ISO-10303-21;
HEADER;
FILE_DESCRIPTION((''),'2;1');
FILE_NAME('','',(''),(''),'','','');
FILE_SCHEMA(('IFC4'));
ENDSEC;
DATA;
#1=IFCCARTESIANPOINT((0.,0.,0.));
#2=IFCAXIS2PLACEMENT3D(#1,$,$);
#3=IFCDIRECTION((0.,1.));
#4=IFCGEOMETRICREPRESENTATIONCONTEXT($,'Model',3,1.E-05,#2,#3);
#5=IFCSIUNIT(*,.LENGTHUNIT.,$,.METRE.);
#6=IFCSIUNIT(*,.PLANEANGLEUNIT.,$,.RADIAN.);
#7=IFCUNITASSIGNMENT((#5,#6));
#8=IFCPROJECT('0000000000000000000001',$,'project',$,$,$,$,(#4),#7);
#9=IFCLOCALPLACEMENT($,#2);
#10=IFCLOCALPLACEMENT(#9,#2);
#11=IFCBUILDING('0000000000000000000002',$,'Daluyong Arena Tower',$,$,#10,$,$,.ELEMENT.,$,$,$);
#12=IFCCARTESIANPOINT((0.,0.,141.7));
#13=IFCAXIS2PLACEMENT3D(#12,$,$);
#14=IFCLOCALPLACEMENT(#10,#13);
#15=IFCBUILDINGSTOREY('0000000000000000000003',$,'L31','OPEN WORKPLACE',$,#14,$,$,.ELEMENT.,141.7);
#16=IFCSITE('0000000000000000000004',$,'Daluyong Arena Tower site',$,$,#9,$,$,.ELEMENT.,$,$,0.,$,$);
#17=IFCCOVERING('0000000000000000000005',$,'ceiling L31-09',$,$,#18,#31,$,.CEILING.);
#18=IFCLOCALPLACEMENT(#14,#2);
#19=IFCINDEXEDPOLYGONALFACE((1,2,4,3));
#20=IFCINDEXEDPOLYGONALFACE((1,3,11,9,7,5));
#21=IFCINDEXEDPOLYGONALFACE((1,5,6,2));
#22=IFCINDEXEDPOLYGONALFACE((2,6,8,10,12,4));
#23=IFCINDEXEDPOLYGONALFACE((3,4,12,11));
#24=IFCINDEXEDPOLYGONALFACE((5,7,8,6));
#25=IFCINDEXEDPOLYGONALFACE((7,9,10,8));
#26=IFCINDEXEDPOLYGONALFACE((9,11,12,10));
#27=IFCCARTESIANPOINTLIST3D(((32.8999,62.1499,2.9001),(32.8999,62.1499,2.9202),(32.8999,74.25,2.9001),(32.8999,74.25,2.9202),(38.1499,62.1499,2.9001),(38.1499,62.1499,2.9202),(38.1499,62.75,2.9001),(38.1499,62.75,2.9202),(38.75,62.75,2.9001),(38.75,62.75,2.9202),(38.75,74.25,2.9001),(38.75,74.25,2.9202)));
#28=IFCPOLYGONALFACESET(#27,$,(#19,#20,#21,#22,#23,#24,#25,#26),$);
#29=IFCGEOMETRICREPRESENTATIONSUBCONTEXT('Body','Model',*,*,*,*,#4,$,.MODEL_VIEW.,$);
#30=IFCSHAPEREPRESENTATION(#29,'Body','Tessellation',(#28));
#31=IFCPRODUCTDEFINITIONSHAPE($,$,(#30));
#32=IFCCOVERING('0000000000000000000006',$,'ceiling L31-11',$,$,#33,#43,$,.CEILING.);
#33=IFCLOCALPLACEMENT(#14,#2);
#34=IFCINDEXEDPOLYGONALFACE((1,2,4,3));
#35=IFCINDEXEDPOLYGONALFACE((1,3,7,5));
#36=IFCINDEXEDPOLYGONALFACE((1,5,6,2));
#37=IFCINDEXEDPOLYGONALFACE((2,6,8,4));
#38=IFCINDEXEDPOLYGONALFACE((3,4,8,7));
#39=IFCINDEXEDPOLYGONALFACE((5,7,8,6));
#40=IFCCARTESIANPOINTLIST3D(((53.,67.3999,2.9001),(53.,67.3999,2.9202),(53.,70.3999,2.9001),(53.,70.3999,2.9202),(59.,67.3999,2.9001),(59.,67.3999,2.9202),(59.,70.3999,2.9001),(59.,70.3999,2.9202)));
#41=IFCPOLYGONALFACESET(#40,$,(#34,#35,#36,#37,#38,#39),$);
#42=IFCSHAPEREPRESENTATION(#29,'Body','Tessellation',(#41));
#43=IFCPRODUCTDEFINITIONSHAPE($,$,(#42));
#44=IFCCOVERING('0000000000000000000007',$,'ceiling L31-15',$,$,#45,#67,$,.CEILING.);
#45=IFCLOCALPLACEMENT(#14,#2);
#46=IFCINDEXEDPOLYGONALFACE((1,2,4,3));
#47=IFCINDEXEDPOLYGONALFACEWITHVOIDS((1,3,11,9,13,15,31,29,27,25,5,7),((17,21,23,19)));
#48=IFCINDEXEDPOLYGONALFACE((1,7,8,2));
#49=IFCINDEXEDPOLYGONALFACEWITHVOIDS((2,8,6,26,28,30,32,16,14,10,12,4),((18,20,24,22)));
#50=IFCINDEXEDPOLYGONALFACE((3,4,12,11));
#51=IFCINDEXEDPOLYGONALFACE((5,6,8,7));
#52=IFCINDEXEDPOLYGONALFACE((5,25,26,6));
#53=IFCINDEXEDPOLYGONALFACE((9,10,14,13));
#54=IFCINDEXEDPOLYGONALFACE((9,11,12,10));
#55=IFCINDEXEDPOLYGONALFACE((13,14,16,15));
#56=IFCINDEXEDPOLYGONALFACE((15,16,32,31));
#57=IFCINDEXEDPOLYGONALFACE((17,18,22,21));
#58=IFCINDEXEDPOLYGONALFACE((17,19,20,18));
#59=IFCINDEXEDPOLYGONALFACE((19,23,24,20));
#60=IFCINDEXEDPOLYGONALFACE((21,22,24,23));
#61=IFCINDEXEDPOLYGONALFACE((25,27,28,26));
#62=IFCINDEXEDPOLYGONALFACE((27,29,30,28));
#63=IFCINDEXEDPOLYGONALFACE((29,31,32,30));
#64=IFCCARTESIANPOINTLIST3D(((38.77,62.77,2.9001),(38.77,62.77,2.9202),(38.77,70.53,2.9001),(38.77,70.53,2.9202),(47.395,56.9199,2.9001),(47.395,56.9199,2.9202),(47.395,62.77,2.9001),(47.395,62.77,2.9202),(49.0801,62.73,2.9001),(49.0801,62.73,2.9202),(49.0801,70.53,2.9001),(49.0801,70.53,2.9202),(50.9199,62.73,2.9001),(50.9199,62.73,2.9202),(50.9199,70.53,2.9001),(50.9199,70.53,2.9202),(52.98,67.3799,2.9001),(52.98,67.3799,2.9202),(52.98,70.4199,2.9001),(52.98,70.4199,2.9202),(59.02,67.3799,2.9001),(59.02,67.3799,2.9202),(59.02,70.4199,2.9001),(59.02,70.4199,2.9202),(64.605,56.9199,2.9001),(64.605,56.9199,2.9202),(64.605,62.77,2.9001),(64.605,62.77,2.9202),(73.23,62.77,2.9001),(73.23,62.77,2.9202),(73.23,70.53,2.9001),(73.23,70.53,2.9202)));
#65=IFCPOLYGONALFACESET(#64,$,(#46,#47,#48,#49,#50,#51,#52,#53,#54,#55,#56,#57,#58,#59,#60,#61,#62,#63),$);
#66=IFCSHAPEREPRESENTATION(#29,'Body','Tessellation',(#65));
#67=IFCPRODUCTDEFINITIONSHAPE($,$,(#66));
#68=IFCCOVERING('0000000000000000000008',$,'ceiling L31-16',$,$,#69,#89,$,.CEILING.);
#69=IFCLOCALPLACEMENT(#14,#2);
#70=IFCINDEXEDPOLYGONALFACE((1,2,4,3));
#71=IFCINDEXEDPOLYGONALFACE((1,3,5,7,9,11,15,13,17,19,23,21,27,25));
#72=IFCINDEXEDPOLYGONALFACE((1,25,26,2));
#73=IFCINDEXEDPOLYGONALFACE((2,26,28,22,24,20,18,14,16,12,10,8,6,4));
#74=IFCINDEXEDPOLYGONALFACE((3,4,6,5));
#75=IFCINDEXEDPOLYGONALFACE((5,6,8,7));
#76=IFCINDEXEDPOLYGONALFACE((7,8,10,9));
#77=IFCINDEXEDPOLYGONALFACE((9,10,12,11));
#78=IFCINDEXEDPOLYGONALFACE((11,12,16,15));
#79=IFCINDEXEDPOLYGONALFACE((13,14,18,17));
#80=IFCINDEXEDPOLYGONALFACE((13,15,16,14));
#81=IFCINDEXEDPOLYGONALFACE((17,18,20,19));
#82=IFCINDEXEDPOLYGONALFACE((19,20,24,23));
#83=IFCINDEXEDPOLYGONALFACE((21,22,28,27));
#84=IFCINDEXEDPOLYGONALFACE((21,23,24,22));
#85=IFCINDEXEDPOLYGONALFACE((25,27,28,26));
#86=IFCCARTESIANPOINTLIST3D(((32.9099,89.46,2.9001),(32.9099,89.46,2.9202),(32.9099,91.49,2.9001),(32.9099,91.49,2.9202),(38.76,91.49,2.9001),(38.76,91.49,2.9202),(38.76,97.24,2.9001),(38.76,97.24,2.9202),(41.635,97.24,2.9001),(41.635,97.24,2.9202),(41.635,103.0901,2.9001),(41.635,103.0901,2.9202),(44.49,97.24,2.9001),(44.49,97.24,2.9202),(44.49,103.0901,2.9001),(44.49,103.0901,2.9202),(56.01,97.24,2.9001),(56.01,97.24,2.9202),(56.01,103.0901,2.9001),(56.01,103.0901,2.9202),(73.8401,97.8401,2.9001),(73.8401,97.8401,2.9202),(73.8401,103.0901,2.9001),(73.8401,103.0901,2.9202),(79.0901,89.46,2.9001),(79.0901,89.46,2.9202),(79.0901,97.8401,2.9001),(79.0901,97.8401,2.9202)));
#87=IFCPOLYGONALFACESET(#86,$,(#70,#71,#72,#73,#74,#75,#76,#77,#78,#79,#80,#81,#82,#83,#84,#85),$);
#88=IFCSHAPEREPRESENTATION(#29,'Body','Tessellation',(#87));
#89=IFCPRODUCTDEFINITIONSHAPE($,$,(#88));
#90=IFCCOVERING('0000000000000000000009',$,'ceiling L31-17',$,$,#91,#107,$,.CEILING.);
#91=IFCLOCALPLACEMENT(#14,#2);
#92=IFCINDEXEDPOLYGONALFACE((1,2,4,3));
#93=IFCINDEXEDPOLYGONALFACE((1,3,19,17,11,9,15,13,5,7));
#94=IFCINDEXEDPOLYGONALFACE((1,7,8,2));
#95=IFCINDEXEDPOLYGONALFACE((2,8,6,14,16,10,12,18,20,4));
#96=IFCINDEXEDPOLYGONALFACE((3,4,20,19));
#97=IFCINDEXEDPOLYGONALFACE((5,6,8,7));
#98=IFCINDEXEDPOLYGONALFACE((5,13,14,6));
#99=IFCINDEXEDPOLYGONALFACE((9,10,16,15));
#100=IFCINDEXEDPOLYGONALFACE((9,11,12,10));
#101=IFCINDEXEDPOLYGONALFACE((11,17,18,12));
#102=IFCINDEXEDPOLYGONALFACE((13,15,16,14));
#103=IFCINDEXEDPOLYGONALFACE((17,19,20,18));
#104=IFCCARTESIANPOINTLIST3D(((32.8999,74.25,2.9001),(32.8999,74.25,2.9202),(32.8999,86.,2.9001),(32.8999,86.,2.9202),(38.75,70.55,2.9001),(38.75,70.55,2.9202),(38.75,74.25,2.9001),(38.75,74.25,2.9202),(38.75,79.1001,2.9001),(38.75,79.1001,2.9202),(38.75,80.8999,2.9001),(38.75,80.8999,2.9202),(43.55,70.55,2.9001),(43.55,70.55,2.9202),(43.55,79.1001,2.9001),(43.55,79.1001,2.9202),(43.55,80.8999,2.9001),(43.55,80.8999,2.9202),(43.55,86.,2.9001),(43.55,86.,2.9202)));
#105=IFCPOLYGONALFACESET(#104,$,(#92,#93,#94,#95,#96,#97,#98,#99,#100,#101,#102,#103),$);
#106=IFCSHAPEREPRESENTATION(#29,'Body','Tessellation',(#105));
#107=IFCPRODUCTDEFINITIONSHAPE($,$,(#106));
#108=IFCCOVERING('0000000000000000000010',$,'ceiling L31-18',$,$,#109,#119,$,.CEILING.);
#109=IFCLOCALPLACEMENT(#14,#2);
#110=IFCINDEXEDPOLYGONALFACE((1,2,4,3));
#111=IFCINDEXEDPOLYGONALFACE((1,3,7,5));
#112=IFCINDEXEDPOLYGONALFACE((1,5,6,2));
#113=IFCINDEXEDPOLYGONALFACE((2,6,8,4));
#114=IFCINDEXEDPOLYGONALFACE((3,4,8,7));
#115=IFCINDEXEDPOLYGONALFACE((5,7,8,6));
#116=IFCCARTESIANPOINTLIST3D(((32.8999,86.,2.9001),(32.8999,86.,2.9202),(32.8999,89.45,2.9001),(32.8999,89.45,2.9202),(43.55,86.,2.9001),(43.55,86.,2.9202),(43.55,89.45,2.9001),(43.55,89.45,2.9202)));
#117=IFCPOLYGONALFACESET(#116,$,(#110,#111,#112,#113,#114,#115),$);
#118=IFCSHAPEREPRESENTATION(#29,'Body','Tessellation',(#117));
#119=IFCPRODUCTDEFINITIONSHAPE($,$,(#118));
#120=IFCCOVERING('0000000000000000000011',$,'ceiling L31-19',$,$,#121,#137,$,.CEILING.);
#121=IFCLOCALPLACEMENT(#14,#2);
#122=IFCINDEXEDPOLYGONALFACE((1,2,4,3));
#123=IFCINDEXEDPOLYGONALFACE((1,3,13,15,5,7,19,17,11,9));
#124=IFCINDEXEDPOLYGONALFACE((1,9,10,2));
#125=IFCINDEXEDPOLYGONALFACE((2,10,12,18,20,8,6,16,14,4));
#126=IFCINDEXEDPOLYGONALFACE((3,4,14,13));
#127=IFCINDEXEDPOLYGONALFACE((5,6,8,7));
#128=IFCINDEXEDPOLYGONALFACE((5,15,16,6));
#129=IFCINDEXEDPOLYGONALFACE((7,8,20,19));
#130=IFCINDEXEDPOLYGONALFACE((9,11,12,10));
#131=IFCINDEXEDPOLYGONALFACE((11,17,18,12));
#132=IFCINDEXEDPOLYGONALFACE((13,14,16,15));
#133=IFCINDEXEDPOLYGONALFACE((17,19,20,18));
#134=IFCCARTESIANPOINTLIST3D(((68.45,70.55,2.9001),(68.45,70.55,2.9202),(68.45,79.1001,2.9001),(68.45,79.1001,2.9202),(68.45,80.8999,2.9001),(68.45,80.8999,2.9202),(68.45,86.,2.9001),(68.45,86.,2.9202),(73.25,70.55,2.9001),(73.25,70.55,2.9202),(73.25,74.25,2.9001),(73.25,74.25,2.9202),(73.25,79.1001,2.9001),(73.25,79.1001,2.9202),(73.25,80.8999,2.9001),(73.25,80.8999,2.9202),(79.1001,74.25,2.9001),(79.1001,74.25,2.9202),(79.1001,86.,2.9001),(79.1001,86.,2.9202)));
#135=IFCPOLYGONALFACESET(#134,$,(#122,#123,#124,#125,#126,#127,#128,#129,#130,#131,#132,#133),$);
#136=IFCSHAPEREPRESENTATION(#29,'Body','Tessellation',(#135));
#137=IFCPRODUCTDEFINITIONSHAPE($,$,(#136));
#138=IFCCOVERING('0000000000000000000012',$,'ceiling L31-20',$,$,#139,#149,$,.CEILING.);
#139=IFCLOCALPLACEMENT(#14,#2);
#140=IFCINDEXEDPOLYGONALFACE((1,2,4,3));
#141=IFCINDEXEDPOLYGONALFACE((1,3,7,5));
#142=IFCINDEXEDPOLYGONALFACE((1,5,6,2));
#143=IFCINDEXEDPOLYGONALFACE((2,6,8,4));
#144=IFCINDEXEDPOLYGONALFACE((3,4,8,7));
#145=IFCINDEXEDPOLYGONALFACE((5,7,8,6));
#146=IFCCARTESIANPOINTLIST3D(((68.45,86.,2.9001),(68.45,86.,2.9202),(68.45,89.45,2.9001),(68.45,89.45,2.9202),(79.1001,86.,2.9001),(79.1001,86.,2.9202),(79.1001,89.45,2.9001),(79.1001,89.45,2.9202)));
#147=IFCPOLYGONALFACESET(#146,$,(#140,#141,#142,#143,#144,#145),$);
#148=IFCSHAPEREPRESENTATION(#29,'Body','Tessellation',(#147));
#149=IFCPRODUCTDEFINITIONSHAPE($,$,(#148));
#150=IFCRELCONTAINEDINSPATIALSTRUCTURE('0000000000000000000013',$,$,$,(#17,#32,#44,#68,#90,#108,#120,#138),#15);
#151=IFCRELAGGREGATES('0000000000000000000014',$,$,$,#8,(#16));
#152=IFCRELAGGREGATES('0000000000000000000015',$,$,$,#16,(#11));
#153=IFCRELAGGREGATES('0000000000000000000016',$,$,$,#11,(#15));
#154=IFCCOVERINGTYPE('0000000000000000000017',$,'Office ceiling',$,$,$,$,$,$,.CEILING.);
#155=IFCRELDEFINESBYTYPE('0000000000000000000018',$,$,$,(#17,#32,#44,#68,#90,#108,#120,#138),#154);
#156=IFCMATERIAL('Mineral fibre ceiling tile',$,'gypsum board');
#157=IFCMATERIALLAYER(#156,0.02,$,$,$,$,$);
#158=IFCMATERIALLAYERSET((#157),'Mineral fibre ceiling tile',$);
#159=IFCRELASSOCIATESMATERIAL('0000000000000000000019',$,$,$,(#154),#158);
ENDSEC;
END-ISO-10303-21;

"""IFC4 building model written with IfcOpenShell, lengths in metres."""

from ifc_helpers import new_model, si_unit, direction, frame, origin, place, context, subcontext, project, spatial, polyline, outline, extrude, material, layer, layer_set, type_object, element, save


model = new_model("IFC4")

# Units and contexts
model_context = context("Model", 3, precision=1e-05, world=origin(), true_north=direction((0.0, 1.0)))
body_context = subcontext(model_context, "Body", "Model", "MODEL_VIEW")
ifc_project = project(units=[si_unit("LENGTHUNIT", "METRE"), si_unit("PLANEANGLEUNIT", "RADIAN")], contexts=[model_context])

# Site, building, storey
site_placement = place(None, origin())
site = spatial("IfcSite", under=ifc_project, at=site_placement, Name="Daluyong Arena Tower site", CompositionType="ELEMENT", RefElevation=0.0)
building_placement = place(site_placement, origin())
building = spatial("IfcBuilding", under=site, at=building_placement, Name="Daluyong Arena Tower", CompositionType="ELEMENT")
storey_placement = place(building_placement, frame((0.0, 0.0, 141.7)))
storey = spatial("IfcBuildingStorey", under=building, at=storey_placement, Name="L31", Description="OPEN WORKPLACE", CompositionType="ELEMENT", Elevation=141.7)

# Coverings
ifc_material_1 = material(Name="Mineral fibre ceiling tile", Category="gypsum board")
ifc_layer_1 = layer(ifc_material_1, 0.02)
ifc_layer_set_1 = layer_set([ifc_layer_1], Name="Mineral fibre ceiling tile")
covering_type = type_object("IfcCoveringType", Name="Office ceiling", PredefinedType="CEILING", material=ifc_layer_set_1)
covering_1_placement = place(storey_placement, frame((0.0, 0.0, 2.9001)))
element("IfcCovering", 1, at=covering_1_placement, inside=storey, type_object=covering_type, Name="ceiling L31-09", PredefinedType="CEILING", context=body_context, shape_type="SweptSolid", body=[
    extrude(outline(polyline([(32.8999, 62.1499), (38.1499, 62.1499), (38.1499, 62.75), (38.75, 62.75), (38.75, 74.25), (32.8999, 74.25), (32.8999, 62.1499)])), origin(), (0.0, 0.0, 1.0), 0.02),
])
covering_2_placement = place(storey_placement, frame((0.0, 0.0, 2.9001)))
element("IfcCovering", 2, at=covering_2_placement, inside=storey, type_object=covering_type, Name="ceiling L31-11", PredefinedType="CEILING", context=body_context, shape_type="SweptSolid", body=[
    extrude(outline(polyline([(53.0, 67.3999), (59.0, 67.3999), (59.0, 70.3999), (53.0, 70.3999), (53.0, 67.3999)])), origin(), (0.0, 0.0, 1.0), 0.02),
])
covering_3_placement = place(storey_placement, frame((0.0, 0.0, 2.9001)))
element("IfcCovering", 3, at=covering_3_placement, inside=storey, type_object=covering_type, Name="ceiling L31-15", PredefinedType="CEILING", context=body_context, shape_type="SweptSolid", body=[
    extrude(outline(polyline([(49.0801, 70.53), (38.77, 70.53), (38.77, 62.77), (47.395, 62.77), (47.395, 56.9199), (64.605, 56.9199), (64.605, 62.77), (73.23, 62.77), (73.23, 70.53), (50.9199, 70.53), (50.9199, 62.73), (49.0801, 62.73), (49.0801, 70.53)]), holes=[polyline([(52.98, 67.3799), (52.98, 70.4199), (59.02, 70.4199), (59.02, 67.3799), (52.98, 67.3799)])]), origin(), (0.0, 0.0, 1.0), 0.02),
])
covering_4_placement = place(storey_placement, frame((0.0, 0.0, 2.9001)))
element("IfcCovering", 4, at=covering_4_placement, inside=storey, type_object=covering_type, Name="ceiling L31-16", PredefinedType="CEILING", context=body_context, shape_type="SweptSolid", body=[
    extrude(outline(polyline([(38.76, 97.24), (38.76, 91.49), (32.9099, 91.49), (32.9099, 89.46), (79.0901, 89.46), (79.0901, 97.8401), (73.8401, 97.8401), (73.8401, 103.0901), (56.01, 103.0901), (56.01, 97.24), (44.49, 97.24), (44.49, 103.0901), (41.635, 103.0901), (41.635, 97.24), (38.76, 97.24)])), origin(), (0.0, 0.0, 1.0), 0.02),
])
covering_5_placement = place(storey_placement, frame((0.0, 0.0, 2.9001)))
element("IfcCovering", 5, at=covering_5_placement, inside=storey, type_object=covering_type, Name="ceiling L31-17", PredefinedType="CEILING", context=body_context, shape_type="SweptSolid", body=[
    extrude(outline(polyline([(38.75, 74.25), (38.75, 70.55), (43.55, 70.55), (43.55, 79.1001), (38.75, 79.1001), (38.75, 80.8999), (43.55, 80.8999), (43.55, 86.0), (32.8999, 86.0), (32.8999, 74.25), (38.75, 74.25)])), origin(), (0.0, 0.0, 1.0), 0.02),
])
covering_6_placement = place(storey_placement, frame((0.0, 0.0, 2.9001)))
element("IfcCovering", 6, at=covering_6_placement, inside=storey, type_object=covering_type, Name="ceiling L31-18", PredefinedType="CEILING", context=body_context, shape_type="SweptSolid", body=[
    extrude(outline(polyline([(32.8999, 89.45), (32.8999, 86.0), (43.55, 86.0), (43.55, 89.45), (32.8999, 89.45)])), origin(), (0.0, 0.0, 1.0), 0.02),
])
covering_7_placement = place(storey_placement, frame((0.0, 0.0, 2.9001)))
element("IfcCovering", 7, at=covering_7_placement, inside=storey, type_object=covering_type, Name="ceiling L31-19", PredefinedType="CEILING", context=body_context, shape_type="SweptSolid", body=[
    extrude(outline(polyline([(79.1001, 74.25), (79.1001, 86.0), (68.45, 86.0), (68.45, 80.8999), (73.25, 80.8999), (73.25, 79.1001), (68.45, 79.1001), (68.45, 70.55), (73.25, 70.55), (73.25, 74.25), (79.1001, 74.25)])), origin(), (0.0, 0.0, 1.0), 0.02),
])
covering_8_placement = place(storey_placement, frame((0.0, 0.0, 2.9001)))
element("IfcCovering", 8, at=covering_8_placement, inside=storey, type_object=covering_type, Name="ceiling L31-20", PredefinedType="CEILING", context=body_context, shape_type="SweptSolid", body=[
    extrude(outline(polyline([(79.1001, 86.0), (79.1001, 89.45), (68.45, 89.45), (68.45, 86.0), (79.1001, 86.0)])), origin(), (0.0, 0.0, 1.0), 0.02),
])

save(model, "model.ifc")
